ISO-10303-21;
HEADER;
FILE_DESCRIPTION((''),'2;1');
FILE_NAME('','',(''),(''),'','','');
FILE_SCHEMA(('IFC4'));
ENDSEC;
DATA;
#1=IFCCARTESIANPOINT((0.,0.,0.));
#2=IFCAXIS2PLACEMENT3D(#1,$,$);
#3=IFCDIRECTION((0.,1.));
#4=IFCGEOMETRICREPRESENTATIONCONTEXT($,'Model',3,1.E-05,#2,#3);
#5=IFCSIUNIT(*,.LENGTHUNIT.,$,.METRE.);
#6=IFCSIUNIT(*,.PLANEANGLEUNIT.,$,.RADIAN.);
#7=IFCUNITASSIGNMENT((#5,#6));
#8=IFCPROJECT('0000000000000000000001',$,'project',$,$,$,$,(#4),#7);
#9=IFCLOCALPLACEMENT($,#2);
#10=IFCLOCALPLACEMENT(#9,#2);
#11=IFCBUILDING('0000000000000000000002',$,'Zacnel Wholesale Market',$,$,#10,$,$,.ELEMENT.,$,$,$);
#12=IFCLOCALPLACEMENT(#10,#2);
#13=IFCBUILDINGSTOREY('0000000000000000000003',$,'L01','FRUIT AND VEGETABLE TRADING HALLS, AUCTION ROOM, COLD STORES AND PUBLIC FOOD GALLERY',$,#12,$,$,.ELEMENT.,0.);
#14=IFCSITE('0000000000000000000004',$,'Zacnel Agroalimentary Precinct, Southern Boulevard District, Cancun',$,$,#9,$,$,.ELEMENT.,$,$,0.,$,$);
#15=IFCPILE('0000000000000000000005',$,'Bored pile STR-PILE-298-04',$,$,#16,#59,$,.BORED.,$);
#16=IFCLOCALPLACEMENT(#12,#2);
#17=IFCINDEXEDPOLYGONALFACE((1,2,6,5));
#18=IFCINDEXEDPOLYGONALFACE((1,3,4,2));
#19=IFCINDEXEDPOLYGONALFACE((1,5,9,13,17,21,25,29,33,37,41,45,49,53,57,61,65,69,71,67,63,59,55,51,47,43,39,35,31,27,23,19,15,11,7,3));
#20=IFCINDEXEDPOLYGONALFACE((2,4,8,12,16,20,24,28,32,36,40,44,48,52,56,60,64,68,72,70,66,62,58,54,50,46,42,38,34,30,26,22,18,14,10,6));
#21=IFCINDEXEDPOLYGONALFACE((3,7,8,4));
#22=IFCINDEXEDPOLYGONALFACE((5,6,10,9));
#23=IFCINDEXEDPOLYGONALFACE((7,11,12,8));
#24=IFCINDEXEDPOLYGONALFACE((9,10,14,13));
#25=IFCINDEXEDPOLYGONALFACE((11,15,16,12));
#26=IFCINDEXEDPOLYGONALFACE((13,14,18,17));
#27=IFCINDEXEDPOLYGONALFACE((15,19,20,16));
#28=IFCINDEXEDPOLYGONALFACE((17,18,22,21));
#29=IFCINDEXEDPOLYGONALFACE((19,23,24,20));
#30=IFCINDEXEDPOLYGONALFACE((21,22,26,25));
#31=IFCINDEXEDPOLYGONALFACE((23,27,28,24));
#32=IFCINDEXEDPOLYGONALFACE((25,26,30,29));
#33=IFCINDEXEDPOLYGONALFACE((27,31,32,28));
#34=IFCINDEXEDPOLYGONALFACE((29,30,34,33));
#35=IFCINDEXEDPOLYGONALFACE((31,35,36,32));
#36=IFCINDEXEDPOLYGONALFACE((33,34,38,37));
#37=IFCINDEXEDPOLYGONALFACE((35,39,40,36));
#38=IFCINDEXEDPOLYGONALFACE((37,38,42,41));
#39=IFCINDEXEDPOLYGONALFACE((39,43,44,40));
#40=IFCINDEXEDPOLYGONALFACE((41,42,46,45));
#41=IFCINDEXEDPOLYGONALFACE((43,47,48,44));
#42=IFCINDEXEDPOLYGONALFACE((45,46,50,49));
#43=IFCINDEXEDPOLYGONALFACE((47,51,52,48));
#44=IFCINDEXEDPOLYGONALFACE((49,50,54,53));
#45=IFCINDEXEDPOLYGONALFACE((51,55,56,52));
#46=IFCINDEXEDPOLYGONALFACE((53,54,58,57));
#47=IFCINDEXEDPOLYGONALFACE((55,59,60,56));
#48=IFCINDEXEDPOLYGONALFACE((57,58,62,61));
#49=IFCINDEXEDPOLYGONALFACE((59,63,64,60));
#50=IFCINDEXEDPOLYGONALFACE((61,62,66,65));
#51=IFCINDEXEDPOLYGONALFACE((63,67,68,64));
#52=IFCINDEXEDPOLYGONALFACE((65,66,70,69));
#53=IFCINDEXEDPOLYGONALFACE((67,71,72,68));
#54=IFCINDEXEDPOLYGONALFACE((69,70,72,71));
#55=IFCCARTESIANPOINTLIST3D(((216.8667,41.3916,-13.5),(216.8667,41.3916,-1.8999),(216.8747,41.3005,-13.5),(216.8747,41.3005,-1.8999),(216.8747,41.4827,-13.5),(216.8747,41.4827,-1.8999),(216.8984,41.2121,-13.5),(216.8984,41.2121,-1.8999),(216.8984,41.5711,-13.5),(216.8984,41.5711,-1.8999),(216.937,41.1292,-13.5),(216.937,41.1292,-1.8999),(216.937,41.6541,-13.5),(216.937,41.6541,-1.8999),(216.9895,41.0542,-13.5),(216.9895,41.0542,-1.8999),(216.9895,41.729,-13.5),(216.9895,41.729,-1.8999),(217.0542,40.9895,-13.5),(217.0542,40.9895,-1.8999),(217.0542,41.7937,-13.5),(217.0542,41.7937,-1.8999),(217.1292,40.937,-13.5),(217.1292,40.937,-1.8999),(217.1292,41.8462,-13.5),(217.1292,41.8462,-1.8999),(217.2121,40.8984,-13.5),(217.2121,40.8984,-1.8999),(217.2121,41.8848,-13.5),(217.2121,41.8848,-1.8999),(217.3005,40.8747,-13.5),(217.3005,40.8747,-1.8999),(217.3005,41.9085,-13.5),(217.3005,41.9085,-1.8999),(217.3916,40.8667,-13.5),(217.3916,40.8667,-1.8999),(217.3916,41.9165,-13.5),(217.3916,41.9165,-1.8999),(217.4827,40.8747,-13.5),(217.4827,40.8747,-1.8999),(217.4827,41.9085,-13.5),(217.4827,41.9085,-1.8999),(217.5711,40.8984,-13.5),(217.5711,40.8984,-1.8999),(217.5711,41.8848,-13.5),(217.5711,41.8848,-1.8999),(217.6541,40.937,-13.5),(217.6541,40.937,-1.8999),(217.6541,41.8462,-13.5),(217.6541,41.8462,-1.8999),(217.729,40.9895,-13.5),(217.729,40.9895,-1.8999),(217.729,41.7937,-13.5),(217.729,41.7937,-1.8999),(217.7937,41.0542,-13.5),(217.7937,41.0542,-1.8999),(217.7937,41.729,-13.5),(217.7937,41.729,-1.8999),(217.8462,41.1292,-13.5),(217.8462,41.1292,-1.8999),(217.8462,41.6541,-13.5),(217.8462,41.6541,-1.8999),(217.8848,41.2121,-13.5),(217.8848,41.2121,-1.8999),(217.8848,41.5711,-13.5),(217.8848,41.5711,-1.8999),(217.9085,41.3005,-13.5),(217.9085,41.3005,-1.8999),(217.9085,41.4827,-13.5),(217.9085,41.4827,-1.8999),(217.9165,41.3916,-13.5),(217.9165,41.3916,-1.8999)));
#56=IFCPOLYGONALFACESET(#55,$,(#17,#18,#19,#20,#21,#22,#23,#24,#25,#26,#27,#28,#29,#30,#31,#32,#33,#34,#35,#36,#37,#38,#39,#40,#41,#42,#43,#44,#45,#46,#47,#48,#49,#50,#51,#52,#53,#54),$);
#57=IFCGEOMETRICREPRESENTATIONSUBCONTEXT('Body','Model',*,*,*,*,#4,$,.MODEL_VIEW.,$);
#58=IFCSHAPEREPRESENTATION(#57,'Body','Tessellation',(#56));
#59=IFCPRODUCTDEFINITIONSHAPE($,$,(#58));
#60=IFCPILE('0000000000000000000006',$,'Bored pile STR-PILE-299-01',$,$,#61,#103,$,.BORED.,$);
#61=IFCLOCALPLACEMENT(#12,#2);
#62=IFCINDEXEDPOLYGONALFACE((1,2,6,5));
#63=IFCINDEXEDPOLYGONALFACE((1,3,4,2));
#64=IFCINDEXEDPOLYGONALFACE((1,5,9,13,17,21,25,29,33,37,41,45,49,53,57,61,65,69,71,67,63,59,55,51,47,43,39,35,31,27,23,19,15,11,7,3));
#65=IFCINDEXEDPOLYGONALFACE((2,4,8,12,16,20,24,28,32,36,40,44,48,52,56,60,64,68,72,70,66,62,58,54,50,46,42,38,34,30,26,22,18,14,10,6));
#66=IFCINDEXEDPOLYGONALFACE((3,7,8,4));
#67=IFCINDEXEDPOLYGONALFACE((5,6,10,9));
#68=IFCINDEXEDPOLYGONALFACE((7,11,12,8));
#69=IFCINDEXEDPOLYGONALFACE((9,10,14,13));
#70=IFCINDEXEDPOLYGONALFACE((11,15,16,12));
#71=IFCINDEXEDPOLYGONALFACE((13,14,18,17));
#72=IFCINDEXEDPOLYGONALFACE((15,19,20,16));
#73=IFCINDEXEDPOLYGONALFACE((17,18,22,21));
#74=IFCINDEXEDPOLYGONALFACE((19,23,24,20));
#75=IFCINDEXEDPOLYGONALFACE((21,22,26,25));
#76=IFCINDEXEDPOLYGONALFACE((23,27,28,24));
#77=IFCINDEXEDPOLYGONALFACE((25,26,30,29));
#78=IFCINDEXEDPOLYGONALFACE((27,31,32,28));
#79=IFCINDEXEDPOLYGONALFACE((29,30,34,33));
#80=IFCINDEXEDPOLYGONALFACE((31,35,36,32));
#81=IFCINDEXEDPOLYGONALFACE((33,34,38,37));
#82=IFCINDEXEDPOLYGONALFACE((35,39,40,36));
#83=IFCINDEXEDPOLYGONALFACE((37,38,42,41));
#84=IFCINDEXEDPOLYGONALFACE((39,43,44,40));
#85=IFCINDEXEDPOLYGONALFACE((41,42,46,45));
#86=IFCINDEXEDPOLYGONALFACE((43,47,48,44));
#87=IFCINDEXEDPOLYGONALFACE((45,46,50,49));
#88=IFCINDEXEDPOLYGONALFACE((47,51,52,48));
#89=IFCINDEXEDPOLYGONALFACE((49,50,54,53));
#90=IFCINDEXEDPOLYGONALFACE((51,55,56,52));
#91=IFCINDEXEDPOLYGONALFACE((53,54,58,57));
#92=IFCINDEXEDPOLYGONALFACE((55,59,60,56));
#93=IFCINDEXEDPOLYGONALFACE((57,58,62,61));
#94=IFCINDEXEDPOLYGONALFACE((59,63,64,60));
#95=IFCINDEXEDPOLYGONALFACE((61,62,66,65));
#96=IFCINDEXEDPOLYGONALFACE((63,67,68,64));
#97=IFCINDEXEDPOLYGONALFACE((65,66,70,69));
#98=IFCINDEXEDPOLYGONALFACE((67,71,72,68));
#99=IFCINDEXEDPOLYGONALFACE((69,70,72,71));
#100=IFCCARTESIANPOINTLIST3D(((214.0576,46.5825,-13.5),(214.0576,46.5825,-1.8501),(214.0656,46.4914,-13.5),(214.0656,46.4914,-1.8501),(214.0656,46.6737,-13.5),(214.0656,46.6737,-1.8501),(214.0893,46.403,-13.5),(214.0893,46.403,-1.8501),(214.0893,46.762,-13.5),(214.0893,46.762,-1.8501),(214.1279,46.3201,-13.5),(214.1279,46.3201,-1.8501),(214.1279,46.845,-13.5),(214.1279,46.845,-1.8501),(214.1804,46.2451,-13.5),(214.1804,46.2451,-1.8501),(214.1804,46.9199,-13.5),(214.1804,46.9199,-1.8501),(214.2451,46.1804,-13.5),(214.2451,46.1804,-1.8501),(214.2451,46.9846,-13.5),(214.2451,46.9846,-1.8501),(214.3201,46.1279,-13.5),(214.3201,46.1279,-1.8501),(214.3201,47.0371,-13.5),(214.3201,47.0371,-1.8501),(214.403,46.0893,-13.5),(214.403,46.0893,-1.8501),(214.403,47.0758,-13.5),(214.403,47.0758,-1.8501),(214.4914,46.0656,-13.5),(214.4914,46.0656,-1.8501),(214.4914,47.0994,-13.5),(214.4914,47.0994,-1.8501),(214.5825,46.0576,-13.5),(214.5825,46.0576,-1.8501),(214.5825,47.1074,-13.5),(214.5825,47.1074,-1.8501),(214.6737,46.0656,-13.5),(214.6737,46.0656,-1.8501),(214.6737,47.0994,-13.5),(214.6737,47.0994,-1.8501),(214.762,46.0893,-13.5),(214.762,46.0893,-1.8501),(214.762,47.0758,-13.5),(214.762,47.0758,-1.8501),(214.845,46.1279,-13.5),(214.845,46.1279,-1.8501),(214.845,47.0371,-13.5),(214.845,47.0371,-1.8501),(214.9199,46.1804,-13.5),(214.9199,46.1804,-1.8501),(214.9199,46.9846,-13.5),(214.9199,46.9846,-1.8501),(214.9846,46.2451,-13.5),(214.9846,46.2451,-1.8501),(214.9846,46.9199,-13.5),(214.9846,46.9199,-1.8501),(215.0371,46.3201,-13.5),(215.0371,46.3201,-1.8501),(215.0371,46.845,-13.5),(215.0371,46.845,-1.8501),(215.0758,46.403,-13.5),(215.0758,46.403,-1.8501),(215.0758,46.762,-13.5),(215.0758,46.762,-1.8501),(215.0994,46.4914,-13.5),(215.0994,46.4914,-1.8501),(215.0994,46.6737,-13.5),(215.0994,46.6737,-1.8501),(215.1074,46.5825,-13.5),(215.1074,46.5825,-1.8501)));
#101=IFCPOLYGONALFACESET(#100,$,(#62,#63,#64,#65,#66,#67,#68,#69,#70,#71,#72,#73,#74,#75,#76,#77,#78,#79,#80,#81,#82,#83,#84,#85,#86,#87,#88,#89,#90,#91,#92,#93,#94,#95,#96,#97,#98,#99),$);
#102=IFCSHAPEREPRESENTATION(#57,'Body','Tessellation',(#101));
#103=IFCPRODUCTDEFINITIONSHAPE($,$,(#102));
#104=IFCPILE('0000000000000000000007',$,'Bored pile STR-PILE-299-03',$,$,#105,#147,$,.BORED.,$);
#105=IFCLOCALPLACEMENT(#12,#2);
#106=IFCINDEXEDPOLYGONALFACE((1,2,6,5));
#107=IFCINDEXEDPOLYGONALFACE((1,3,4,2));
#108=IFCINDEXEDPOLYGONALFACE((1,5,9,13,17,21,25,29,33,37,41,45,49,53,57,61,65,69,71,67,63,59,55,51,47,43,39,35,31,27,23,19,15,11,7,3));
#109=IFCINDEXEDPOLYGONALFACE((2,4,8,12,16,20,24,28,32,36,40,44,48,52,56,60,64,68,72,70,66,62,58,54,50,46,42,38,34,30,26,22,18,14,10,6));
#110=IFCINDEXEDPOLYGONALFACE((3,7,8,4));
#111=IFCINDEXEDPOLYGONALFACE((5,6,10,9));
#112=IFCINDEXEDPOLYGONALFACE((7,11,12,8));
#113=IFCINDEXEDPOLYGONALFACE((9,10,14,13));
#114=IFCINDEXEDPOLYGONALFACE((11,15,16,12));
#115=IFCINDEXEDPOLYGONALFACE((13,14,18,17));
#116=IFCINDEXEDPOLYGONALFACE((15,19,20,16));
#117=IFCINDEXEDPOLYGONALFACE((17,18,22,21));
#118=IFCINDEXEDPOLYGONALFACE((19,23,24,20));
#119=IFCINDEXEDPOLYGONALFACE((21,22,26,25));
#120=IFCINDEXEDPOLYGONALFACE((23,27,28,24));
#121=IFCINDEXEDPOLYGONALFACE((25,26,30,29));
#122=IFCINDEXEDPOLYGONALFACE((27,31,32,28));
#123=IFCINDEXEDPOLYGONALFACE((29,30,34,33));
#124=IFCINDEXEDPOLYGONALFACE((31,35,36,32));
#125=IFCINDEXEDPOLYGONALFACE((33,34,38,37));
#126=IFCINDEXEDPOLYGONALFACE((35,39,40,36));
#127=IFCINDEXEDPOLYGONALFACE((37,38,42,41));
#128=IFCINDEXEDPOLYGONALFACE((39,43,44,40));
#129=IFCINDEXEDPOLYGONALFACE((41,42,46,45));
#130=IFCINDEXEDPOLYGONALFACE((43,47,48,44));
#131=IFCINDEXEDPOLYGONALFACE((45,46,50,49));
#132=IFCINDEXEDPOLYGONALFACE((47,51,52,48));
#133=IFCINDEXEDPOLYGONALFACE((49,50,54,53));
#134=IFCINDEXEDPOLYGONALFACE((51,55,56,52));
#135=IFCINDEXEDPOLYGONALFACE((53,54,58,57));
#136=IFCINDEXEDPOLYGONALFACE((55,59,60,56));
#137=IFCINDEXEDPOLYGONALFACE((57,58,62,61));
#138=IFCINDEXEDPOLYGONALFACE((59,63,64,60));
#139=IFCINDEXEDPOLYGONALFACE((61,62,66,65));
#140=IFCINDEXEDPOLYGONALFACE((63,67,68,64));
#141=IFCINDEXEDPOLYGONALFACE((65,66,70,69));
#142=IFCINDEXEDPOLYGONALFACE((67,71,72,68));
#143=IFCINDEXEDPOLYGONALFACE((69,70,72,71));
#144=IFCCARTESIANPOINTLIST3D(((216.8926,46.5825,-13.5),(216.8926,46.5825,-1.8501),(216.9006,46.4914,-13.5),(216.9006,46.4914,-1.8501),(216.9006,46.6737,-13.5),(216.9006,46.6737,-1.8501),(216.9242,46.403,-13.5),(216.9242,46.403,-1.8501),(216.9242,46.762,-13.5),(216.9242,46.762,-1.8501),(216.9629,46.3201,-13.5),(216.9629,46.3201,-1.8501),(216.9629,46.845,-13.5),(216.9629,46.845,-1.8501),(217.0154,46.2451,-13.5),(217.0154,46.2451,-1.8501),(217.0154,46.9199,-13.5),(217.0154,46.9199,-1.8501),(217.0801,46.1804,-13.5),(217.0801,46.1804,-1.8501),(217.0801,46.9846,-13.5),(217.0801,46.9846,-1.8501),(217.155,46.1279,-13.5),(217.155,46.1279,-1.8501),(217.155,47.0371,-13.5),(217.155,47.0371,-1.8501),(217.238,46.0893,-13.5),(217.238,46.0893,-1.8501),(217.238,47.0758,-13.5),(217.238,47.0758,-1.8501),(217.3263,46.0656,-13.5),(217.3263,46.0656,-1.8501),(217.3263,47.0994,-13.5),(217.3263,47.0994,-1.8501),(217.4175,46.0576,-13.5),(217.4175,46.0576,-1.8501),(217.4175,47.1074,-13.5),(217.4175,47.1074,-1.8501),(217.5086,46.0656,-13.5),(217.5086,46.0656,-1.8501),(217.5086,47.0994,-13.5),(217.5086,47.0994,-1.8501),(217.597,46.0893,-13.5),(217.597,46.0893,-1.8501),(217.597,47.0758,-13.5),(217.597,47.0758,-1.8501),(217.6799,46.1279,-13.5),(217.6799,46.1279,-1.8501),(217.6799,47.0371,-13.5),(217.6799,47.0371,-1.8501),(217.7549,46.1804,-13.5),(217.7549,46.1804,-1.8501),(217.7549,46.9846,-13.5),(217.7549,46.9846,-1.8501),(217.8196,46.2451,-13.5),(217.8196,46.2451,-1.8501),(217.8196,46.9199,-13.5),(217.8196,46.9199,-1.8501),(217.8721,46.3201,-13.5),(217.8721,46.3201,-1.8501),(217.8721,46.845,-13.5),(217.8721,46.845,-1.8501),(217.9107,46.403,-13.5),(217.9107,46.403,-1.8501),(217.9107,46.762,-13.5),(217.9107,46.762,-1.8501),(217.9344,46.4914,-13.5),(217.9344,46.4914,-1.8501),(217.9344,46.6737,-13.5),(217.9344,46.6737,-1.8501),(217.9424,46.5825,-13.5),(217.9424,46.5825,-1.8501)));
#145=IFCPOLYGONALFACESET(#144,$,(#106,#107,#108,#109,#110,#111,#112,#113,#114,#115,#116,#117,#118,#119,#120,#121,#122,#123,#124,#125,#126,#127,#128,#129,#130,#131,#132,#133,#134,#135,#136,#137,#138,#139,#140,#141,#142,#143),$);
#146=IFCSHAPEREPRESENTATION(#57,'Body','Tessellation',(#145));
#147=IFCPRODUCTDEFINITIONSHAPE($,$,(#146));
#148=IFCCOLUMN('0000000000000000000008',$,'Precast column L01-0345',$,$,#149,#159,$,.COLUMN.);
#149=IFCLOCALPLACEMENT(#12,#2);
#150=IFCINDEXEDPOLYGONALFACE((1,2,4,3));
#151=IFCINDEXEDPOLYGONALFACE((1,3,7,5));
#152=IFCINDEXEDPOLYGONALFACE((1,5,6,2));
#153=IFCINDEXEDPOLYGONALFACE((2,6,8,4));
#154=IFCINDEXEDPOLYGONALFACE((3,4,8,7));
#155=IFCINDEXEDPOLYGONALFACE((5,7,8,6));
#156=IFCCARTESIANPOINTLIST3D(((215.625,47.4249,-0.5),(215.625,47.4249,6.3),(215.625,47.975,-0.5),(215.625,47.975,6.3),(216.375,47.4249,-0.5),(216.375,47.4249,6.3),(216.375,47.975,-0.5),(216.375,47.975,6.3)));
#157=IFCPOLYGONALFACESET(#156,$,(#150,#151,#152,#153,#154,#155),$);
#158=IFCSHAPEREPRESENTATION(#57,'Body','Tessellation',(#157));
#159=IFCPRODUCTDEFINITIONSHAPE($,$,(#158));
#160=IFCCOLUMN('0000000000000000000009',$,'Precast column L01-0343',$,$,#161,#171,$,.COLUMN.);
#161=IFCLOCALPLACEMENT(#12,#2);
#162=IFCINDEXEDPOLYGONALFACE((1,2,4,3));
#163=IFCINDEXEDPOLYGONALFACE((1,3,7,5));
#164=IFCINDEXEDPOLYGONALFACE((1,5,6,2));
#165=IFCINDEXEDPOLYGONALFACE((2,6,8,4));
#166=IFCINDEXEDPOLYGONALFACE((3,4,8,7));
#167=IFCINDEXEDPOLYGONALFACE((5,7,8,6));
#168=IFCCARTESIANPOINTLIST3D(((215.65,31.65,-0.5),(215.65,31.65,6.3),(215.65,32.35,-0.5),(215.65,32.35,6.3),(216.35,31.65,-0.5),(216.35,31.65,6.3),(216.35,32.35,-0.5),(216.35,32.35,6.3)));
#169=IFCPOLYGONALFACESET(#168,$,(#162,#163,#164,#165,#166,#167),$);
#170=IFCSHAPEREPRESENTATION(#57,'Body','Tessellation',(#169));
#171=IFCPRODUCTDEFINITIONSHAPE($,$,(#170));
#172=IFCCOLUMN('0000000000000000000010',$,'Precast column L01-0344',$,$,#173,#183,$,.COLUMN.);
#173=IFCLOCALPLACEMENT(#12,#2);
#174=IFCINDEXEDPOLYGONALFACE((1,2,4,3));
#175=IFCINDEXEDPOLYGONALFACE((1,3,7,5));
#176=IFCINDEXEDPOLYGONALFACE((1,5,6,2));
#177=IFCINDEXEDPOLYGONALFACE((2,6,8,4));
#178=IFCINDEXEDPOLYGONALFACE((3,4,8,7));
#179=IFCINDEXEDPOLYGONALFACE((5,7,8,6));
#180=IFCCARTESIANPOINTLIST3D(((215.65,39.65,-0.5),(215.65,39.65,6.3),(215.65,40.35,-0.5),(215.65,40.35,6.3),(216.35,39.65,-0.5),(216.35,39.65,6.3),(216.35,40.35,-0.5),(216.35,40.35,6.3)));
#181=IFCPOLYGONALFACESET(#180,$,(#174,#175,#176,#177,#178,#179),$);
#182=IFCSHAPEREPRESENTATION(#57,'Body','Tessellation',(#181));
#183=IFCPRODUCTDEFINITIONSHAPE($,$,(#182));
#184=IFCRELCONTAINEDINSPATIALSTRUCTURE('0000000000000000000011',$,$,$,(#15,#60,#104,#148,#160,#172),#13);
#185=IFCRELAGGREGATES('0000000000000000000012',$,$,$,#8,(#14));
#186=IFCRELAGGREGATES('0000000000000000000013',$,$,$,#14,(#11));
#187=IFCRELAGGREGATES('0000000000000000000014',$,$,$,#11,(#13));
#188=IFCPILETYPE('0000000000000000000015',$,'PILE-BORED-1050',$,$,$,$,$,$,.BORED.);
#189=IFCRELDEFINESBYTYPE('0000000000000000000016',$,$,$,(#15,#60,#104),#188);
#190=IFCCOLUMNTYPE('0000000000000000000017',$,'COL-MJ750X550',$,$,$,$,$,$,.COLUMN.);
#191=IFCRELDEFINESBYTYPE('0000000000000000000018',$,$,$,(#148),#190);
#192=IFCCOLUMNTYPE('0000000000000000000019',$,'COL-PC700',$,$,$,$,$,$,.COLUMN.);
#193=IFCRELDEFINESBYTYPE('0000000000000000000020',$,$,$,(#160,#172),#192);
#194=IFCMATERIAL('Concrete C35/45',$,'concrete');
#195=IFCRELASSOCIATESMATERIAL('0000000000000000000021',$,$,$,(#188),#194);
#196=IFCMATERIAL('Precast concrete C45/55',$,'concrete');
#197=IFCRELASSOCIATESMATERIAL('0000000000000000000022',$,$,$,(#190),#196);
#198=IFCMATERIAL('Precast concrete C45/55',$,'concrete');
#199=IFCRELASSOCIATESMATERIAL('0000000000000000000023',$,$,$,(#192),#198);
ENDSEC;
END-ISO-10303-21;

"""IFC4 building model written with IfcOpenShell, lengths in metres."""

from ifc_helpers import new_model, si_unit, direction, frame, origin, origin_2d, place, context, subcontext, project, spatial, rectangle, circle, extrude, material, material_profile, profile_set, type_object, element, save


model = new_model("IFC4")

# Units and contexts
model_context = context("Model", 3, precision=1e-05, world=origin(), true_north=direction((0.0, 1.0)))
body_context = subcontext(model_context, "Body", "Model", "MODEL_VIEW")
ifc_project = project(units=[si_unit("LENGTHUNIT", "METRE"), si_unit("PLANEANGLEUNIT", "RADIAN")], contexts=[model_context])

# Site, building, storey
site_placement = place(None, origin())
site = spatial("IfcSite", under=ifc_project, at=site_placement, Name="Zacnel Agroalimentary Precinct, Southern Boulevard District, Cancun", CompositionType="ELEMENT", RefElevation=0.0)
building_placement = place(site_placement, origin())
building = spatial("IfcBuilding", under=site, at=building_placement, Name="Zacnel Wholesale Market", CompositionType="ELEMENT")
storey_placement = place(building_placement, origin())
storey = spatial("IfcBuildingStorey", under=building, at=storey_placement, Name="L01", Description="FRUIT AND VEGETABLE TRADING HALLS, AUCTION ROOM, COLD STORES AND PUBLIC FOOD GALLERY", CompositionType="ELEMENT", Elevation=0.0)

# Piles
ifc_material_1 = material(Name="Concrete C35/45", Category="concrete")
ifc_material_profile_1 = material_profile(ifc_material_1, circle(Radius=0.5249, at=origin_2d()), Name="BORED PILE D1050")
ifc_profile_set_1 = profile_set([ifc_material_profile_1], Name="Concrete C35/45")
pile_type = type_object("IfcPileType", Name="PILE-BORED-1050", PredefinedType="BORED", material=ifc_profile_set_1)
for number, where, z_axis, x_axis, name in (
    (1, (217.3916, 41.3916, -1.8999), (0.0, 0.0, -1.0), (1.0, 0.0, 0.0), "Bored pile STR-PILE-298-04"),
):
    element("IfcPile", number, at=place(storey_placement, frame(where, z_axis=z_axis, x_axis=x_axis)), inside=storey, type_object=pile_type, Name=name, PredefinedType="BORED", context=body_context, shape_type="SweptSolid", body=[
        extrude(circle(Radius=0.5249, at=origin_2d()), origin(), (0.0, 0.0, 1.0), 11.6001),
    ])
for number, where, z_axis, x_axis, name in (
    (2, (214.5825, 46.5825, -1.8501), (0.0, 0.0, -1.0), (1.0, 0.0, 0.0), "Bored pile STR-PILE-299-01"),
    (3, (217.4175, 46.5825, -1.8501), (0.0, 0.0, -1.0), (1.0, 0.0, 0.0), "Bored pile STR-PILE-299-03"),
):
    element("IfcPile", number, at=place(storey_placement, frame(where, z_axis=z_axis, x_axis=x_axis)), inside=storey, type_object=pile_type, Name=name, PredefinedType="BORED", context=body_context, shape_type="SweptSolid", body=[
        extrude(circle(Radius=0.5249, at=origin_2d()), origin(), (0.0, 0.0, 1.0), 11.6499),
    ])

# Columns
ifc_material_2 = material(Name="Precast concrete C45/55", Category="concrete")
ifc_material_profile_2 = material_profile(ifc_material_2, rectangle(XDim=0.75, YDim=0.55, at=origin_2d()), Name="PC 750x550")
ifc_profile_set_2 = profile_set([ifc_material_profile_2], Name="Precast concrete C45/55")
column_type_1 = type_object("IfcColumnType", Name="COL-MJ750X550", PredefinedType="COLUMN", material=ifc_profile_set_2)
column_placement = place(storey_placement, frame((216.0, 47.7, -0.5), z_axis=(0.0, 0.0, 1.0), x_axis=(1.0, 0.0, 0.0)))
element("IfcColumn", 4, at=column_placement, inside=storey, type_object=column_type_1, Name="Precast column L01-0345", PredefinedType="COLUMN", context=body_context, shape_type="SweptSolid", body=[
    extrude(rectangle(XDim=0.75, YDim=0.55, at=origin_2d()), origin(), (0.0, 0.0, 1.0), 6.8),
])
ifc_material_3 = material(Name="Precast concrete C45/55", Category="concrete")
ifc_material_profile_3 = material_profile(ifc_material_3, rectangle(XDim=0.7, YDim=0.7, at=origin_2d()), Name="PC 700x700")
ifc_profile_set_3 = profile_set([ifc_material_profile_3], Name="Precast concrete C45/55")
column_type_2 = type_object("IfcColumnType", Name="COL-PC700", PredefinedType="COLUMN", material=ifc_profile_set_3)
for number, where, z_axis, x_axis, name in (
    (5, (216.0, 32.0, -0.5), (0.0, 0.0, 1.0), (1.0, 0.0, 0.0), "Precast column L01-0343"),
    (6, (216.0, 40.0, -0.5), (0.0, 0.0, 1.0), (1.0, 0.0, 0.0), "Precast column L01-0344"),
):
    element("IfcColumn", number, at=place(storey_placement, frame(where, z_axis=z_axis, x_axis=x_axis)), inside=storey, type_object=column_type_2, Name=name, PredefinedType="COLUMN", context=body_context, shape_type="SweptSolid", body=[
        extrude(rectangle(XDim=0.7, YDim=0.7, at=origin_2d()), origin(), (0.0, 0.0, 1.0), 6.8),
    ])

save(model, "model.ifc")
